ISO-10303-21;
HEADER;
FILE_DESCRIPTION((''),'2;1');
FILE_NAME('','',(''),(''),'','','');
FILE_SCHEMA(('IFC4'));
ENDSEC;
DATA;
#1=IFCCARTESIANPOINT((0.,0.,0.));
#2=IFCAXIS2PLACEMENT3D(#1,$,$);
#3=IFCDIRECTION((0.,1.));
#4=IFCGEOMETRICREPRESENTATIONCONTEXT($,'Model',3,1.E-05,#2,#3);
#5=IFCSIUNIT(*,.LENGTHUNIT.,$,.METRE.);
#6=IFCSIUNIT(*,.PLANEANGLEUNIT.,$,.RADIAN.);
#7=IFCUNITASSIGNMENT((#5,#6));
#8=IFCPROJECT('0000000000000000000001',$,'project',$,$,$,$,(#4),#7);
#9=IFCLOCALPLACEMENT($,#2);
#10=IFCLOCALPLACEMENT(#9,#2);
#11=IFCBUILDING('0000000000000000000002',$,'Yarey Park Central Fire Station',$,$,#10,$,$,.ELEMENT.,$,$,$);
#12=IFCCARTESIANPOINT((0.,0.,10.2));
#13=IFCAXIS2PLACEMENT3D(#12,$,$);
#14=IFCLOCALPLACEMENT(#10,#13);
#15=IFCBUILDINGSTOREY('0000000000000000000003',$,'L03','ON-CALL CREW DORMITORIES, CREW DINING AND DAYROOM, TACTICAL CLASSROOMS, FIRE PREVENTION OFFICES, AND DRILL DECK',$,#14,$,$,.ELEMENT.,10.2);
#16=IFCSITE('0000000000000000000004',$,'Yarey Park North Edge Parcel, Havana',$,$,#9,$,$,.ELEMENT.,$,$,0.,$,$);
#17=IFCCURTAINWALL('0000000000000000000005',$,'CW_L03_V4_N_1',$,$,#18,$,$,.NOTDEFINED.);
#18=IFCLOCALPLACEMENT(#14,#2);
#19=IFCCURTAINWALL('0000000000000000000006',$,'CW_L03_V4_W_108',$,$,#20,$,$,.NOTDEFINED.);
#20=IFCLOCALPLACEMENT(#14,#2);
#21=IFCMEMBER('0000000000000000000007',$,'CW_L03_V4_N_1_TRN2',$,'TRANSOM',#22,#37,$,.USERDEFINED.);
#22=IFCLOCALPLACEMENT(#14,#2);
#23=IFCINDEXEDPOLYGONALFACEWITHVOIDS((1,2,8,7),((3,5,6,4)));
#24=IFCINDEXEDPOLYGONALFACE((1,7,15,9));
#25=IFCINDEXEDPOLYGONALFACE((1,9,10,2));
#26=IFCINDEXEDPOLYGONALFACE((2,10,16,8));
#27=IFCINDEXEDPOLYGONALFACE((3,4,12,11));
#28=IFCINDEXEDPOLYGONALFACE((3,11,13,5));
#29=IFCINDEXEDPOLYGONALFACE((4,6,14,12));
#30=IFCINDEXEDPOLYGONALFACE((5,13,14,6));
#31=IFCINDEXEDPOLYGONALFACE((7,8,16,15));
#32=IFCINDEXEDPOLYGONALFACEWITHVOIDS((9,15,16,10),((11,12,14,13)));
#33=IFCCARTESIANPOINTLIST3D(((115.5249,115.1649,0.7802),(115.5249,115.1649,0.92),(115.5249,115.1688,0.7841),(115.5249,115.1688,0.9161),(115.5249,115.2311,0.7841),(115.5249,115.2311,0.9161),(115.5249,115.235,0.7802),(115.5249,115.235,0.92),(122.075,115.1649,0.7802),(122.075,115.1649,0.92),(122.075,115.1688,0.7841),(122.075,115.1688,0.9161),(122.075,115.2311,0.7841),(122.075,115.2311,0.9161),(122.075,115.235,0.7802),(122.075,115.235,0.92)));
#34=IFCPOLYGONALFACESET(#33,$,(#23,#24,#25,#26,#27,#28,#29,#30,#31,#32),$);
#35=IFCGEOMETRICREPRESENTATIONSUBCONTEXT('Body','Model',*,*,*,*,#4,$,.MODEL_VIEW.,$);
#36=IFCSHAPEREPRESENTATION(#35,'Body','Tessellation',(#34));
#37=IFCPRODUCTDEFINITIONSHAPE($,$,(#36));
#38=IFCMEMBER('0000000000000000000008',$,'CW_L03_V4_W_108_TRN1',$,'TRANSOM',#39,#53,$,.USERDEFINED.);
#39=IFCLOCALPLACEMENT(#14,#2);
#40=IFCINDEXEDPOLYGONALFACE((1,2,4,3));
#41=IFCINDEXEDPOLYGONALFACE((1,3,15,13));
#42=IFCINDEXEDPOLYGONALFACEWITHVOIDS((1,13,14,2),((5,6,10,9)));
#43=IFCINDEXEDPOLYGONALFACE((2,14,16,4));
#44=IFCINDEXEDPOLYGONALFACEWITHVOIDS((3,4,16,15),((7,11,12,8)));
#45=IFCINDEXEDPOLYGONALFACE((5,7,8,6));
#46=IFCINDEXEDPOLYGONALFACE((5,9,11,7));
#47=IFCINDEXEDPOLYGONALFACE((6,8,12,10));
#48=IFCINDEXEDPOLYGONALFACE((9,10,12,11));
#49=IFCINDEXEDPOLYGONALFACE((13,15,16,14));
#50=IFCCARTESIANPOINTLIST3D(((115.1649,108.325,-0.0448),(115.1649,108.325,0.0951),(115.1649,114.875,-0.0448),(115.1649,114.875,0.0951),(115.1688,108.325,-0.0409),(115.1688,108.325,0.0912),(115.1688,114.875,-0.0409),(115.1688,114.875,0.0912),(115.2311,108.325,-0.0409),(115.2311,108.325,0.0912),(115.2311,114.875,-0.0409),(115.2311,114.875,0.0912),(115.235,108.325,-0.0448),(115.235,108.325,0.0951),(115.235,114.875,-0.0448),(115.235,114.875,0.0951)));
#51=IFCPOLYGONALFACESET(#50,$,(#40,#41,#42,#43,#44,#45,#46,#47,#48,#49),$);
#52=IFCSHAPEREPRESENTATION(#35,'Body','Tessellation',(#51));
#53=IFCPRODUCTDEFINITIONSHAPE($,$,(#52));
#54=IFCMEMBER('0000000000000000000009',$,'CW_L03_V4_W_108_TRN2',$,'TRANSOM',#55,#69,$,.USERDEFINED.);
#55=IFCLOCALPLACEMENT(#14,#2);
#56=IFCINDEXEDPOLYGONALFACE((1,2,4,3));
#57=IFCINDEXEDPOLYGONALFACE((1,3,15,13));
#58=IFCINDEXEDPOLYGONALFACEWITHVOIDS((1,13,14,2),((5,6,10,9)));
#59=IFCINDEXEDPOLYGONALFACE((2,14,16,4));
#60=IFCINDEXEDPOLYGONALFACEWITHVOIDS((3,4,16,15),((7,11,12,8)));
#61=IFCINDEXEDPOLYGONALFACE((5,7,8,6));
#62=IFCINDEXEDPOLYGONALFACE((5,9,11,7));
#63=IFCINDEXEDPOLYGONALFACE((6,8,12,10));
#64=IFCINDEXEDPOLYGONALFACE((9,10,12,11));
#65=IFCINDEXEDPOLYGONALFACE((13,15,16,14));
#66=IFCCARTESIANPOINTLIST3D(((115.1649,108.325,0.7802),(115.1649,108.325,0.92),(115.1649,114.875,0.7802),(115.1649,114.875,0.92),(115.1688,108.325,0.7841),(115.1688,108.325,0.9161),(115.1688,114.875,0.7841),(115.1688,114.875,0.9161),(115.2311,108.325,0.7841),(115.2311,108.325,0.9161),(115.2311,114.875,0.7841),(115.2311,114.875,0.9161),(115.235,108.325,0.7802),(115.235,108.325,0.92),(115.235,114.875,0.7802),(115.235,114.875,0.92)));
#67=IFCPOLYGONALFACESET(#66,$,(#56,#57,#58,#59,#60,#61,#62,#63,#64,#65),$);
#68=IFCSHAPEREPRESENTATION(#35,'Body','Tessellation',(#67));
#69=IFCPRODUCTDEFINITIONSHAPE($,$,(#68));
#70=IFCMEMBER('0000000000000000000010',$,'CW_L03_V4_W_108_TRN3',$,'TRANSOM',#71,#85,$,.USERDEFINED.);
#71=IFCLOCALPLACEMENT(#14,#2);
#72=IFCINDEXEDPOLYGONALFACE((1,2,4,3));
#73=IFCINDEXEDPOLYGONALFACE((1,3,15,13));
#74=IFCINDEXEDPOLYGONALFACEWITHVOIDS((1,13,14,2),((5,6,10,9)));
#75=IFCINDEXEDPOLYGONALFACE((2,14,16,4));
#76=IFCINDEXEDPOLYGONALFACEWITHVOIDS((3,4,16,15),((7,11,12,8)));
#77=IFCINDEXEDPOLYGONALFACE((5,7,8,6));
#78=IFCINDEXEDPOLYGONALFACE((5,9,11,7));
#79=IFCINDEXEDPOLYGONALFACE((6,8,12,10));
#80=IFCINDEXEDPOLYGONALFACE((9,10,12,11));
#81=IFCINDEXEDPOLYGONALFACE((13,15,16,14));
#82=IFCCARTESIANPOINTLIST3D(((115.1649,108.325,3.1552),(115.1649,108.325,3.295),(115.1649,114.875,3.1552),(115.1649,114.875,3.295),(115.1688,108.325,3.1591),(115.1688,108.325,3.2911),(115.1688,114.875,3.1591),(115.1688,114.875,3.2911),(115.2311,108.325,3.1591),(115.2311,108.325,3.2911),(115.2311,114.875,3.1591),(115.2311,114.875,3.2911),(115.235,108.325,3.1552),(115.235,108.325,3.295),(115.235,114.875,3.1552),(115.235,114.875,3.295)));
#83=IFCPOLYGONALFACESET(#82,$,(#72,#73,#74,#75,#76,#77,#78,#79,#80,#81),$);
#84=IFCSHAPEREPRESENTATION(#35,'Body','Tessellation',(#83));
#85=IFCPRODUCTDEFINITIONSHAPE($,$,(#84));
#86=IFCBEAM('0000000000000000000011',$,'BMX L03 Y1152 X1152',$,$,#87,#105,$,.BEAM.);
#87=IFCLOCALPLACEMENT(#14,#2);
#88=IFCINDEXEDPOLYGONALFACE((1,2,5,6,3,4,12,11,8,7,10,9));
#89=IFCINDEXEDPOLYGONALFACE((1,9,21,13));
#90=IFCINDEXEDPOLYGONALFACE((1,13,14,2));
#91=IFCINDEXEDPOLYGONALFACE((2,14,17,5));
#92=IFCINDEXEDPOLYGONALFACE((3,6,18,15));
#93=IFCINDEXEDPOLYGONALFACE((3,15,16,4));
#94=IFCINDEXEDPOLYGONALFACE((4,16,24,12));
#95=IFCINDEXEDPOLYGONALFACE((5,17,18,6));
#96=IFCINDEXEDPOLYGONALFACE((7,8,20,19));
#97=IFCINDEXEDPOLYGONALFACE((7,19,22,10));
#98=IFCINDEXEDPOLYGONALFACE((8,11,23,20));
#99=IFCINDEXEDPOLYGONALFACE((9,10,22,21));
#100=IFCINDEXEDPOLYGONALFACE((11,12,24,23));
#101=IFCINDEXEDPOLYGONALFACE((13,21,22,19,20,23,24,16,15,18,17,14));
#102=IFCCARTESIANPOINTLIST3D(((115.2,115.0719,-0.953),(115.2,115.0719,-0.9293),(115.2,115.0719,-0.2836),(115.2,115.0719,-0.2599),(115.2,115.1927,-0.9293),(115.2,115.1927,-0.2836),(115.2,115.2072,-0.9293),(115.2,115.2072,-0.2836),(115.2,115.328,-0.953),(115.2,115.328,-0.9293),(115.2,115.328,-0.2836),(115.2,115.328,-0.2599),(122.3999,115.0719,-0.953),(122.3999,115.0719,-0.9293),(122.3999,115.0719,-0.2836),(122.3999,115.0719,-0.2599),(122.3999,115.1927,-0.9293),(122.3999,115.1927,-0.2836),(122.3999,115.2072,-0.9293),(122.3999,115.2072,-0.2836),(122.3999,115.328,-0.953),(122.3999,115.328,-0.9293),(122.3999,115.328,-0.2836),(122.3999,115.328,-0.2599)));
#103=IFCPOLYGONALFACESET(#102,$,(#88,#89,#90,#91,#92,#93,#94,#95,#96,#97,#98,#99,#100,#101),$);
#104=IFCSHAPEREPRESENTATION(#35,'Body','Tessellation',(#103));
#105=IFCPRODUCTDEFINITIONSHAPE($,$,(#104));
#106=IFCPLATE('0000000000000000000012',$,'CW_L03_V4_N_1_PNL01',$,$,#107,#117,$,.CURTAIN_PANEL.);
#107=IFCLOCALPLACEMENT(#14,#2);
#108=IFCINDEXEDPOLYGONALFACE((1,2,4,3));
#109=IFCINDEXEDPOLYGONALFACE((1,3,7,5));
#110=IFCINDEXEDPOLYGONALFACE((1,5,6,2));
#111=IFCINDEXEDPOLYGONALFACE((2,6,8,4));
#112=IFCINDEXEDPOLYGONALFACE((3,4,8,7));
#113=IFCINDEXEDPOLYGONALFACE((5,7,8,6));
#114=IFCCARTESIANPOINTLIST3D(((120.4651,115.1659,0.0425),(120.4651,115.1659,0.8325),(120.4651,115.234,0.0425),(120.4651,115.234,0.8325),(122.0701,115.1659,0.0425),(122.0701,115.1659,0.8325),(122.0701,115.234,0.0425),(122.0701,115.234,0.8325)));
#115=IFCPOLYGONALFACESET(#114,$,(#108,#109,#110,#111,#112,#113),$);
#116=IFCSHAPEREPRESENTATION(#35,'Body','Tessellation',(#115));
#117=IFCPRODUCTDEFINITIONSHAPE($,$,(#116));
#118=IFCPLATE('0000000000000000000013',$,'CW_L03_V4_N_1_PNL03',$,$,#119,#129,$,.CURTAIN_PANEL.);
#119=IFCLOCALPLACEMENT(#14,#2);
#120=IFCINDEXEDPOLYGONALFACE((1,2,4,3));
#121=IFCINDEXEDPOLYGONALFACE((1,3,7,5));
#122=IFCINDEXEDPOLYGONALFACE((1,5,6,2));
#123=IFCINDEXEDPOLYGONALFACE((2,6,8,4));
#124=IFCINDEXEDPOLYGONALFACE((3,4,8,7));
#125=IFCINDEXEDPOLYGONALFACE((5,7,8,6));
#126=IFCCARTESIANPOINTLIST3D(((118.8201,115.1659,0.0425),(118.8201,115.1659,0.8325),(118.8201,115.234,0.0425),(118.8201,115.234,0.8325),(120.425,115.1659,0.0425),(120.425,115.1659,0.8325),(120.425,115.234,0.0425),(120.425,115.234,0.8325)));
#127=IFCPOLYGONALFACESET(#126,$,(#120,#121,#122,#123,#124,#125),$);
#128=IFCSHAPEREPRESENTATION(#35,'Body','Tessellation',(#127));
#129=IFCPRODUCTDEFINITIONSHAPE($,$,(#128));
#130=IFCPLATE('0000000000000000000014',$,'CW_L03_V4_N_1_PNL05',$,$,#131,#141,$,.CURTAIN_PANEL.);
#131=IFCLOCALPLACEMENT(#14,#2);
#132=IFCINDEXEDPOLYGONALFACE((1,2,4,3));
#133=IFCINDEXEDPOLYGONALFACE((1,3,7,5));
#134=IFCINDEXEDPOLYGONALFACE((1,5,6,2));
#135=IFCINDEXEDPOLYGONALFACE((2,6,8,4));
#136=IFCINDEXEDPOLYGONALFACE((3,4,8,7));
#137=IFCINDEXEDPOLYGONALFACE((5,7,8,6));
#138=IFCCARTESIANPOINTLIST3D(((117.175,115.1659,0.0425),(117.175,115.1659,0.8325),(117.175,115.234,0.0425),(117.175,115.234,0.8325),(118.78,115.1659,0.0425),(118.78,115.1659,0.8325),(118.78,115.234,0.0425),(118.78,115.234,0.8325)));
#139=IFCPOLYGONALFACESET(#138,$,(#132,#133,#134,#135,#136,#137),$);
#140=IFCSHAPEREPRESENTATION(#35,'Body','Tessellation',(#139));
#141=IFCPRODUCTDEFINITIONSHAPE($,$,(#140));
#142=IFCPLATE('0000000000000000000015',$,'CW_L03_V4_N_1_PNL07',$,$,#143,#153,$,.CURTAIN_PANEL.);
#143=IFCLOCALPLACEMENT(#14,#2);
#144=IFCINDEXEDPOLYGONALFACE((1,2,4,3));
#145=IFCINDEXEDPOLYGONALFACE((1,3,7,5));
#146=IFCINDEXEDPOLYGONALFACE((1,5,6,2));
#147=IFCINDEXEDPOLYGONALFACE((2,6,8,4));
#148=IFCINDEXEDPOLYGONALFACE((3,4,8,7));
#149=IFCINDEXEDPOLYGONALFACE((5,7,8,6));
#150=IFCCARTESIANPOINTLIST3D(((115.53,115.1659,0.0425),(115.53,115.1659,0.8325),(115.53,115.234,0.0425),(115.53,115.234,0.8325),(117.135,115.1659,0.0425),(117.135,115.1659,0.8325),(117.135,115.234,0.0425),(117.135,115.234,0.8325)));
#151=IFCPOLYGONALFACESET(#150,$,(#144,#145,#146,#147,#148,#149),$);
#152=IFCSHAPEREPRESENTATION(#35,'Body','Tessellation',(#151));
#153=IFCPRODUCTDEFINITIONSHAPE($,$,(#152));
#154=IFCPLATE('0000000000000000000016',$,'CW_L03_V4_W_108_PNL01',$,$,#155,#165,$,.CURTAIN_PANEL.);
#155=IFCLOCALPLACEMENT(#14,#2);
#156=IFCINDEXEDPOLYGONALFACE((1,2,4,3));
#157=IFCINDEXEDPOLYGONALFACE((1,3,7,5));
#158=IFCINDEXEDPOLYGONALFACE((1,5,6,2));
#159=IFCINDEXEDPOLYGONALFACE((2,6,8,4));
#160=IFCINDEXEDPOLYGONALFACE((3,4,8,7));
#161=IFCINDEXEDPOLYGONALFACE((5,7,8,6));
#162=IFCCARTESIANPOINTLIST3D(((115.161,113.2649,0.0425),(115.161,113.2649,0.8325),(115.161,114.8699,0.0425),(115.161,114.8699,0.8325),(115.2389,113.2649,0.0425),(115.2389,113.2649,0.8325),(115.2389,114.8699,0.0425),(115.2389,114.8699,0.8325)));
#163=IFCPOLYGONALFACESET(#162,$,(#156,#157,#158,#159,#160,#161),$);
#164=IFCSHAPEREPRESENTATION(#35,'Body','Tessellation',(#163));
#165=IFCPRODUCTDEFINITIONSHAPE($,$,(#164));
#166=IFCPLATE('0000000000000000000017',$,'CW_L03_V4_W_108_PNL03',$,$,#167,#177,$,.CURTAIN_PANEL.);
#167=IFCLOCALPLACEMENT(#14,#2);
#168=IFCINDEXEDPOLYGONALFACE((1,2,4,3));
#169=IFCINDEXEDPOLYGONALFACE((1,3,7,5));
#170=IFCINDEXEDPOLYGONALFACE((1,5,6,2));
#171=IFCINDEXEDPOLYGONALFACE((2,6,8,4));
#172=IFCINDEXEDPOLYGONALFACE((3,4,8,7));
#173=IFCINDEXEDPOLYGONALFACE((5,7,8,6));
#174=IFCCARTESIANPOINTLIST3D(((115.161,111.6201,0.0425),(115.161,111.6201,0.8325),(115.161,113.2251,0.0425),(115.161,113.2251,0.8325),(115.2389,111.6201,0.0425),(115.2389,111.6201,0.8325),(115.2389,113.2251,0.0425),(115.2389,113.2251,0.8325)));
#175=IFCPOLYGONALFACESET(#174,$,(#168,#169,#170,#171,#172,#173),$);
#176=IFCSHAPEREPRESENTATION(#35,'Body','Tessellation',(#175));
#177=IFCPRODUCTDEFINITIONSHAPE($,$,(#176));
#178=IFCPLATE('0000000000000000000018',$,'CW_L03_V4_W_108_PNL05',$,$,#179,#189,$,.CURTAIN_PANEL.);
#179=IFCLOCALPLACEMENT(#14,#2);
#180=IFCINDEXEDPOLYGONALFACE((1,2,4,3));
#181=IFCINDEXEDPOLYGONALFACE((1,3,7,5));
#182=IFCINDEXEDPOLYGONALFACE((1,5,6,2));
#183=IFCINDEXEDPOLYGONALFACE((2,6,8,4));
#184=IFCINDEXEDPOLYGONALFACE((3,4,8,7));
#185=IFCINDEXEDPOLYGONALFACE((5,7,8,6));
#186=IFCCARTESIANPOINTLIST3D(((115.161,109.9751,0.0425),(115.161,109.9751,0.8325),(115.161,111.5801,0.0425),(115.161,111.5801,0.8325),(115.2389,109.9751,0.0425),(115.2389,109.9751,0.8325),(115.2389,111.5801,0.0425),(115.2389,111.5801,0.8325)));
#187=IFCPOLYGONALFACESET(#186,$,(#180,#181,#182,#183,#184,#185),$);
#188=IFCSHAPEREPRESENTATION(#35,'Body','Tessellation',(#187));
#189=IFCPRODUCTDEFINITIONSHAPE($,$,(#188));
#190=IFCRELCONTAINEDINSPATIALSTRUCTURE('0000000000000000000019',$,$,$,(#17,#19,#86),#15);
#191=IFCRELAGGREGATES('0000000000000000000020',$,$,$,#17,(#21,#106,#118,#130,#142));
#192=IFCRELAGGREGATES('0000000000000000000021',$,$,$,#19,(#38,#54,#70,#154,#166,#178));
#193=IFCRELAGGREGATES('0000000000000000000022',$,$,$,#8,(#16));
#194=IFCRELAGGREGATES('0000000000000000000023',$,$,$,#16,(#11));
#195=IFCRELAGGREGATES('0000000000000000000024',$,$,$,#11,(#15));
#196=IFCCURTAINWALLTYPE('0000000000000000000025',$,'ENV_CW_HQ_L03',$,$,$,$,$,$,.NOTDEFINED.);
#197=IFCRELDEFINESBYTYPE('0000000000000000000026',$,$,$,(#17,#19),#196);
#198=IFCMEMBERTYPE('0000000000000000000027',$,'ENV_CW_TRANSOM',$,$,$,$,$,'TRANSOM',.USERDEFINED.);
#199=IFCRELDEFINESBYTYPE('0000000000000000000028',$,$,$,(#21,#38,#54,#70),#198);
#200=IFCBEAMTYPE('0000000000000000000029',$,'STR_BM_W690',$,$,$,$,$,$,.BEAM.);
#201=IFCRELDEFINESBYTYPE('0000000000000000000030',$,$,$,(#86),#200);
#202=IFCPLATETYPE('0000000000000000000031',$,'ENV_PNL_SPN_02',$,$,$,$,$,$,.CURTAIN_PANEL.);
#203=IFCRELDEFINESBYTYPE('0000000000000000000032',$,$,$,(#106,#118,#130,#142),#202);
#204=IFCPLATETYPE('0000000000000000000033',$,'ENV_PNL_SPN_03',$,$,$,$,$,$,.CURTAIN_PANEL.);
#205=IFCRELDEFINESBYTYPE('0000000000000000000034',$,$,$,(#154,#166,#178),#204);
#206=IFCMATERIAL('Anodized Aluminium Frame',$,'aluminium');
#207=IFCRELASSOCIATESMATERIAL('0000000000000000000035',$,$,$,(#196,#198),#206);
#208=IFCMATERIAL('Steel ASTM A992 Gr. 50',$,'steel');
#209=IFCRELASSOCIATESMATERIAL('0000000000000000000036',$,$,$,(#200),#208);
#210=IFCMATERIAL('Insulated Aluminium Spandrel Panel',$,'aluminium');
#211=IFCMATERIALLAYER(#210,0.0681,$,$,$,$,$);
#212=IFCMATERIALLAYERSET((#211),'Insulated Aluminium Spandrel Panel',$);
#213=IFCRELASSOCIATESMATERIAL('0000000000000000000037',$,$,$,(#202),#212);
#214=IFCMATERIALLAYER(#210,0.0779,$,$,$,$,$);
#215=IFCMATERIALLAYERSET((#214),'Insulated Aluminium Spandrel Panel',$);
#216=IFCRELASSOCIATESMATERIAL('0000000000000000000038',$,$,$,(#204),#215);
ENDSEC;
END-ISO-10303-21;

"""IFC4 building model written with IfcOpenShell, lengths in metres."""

from ifc_helpers import new_model, si_unit, direction, frame, origin, origin_2d, place, context, subcontext, project, spatial, rectangle, hollow_rectangle, i_section, extrude, material, layer, layer_set, material_profile, profile_set, type_object, element, aggregate, save


model = new_model("IFC4")

# Units and contexts
model_context = context("Model", 3, precision=1e-05, world=origin(), true_north=direction((0.0, 1.0)))
body_context = subcontext(model_context, "Body", "Model", "MODEL_VIEW")
ifc_project = project(units=[si_unit("LENGTHUNIT", "METRE"), si_unit("PLANEANGLEUNIT", "RADIAN")], contexts=[model_context])

# Site, building, storey
site_placement = place(None, origin())
site = spatial("IfcSite", under=ifc_project, at=site_placement, Name="Yarey Park North Edge Parcel, Havana", CompositionType="ELEMENT", RefElevation=0.0)
building_placement = place(site_placement, origin())
building = spatial("IfcBuilding", under=site, at=building_placement, Name="Yarey Park Central Fire Station", CompositionType="ELEMENT")
storey_placement = place(building_placement, frame((0.0, 0.0, 10.2)))
storey = spatial("IfcBuildingStorey", under=building, at=storey_placement, Name="L03", Description="ON-CALL CREW DORMITORIES, CREW DINING AND DAYROOM, TACTICAL CLASSROOMS, FIRE PREVENTION OFFICES, AND DRILL DECK", CompositionType="ELEMENT", Elevation=10.2)

# Curtain walls
ifc_material_1 = material(Name="Anodized Aluminium Frame", Category="aluminium")
curtain_wall_type = type_object("IfcCurtainWallType", Name="ENV_CW_HQ_L03", PredefinedType="NOTDEFINED", material=ifc_material_1)
curtain_wall_1_placement = place(storey_placement, origin())
curtain_wall_1 = element("IfcCurtainWall", 1, at=curtain_wall_1_placement, inside=storey, type_object=curtain_wall_type, Name="CW_L03_V4_N_1", PredefinedType="NOTDEFINED")
curtain_wall_2_placement = place(storey_placement, origin())
curtain_wall_2 = element("IfcCurtainWall", 2, at=curtain_wall_2_placement, inside=storey, type_object=curtain_wall_type, Name="CW_L03_V4_W_108", PredefinedType="NOTDEFINED")

# Members
ifc_material_profile_1 = material_profile(ifc_material_1, hollow_rectangle(XDim=0.0701, YDim=0.1399, WallThickness=0.0039, at=origin_2d()), Name="ALU 140x70x4")
ifc_profile_set_1 = profile_set([ifc_material_profile_1], Name="Anodized Aluminium Frame")
member_type_1 = type_object("IfcMemberType", Name="ENV_CW_TRANSOM", ElementType="TRANSOM", PredefinedType="USERDEFINED", material=ifc_profile_set_1)
member_1_placement = place(storey_placement, frame((122.075, 115.2, 0.8501), z_axis=(-1.0, 0.0, 0.0), x_axis=(0.0, -1.0, 0.0)))
member_1 = element("IfcMember", 3, at=member_1_placement, type_object=member_type_1, Name="CW_L03_V4_N_1_TRN2", ObjectType="TRANSOM", PredefinedType="USERDEFINED", context=body_context, shape_type="SweptSolid", body=[
    extrude(hollow_rectangle(XDim=0.0701, YDim=0.1399, WallThickness=0.0039, at=origin_2d()), origin(), (0.0, 0.0, 1.0), 6.55),
])
member_2_placement = place(storey_placement, frame((115.2, 114.875, 0.0251), z_axis=(0.0, -1.0, 0.0), x_axis=(1.0, 0.0, 0.0)))
member_2 = element("IfcMember", 4, at=member_2_placement, type_object=member_type_1, Name="CW_L03_V4_W_108_TRN1", ObjectType="TRANSOM", PredefinedType="USERDEFINED", context=body_context, shape_type="SweptSolid", body=[
    extrude(hollow_rectangle(XDim=0.0701, YDim=0.1399, WallThickness=0.0039, at=origin_2d()), origin(), (0.0, 0.0, 1.0), 6.55),
])
member_3_placement = place(storey_placement, frame((115.2, 114.875, 0.8501), z_axis=(0.0, -1.0, 0.0), x_axis=(1.0, 0.0, 0.0)))
member_3 = element("IfcMember", 5, at=member_3_placement, type_object=member_type_1, Name="CW_L03_V4_W_108_TRN2", ObjectType="TRANSOM", PredefinedType="USERDEFINED", context=body_context, shape_type="SweptSolid", body=[
    extrude(hollow_rectangle(XDim=0.0701, YDim=0.1399, WallThickness=0.0039, at=origin_2d()), origin(), (0.0, 0.0, 1.0), 6.55),
])
member_4_placement = place(storey_placement, frame((115.2, 114.875, 3.2251), z_axis=(0.0, -1.0, 0.0), x_axis=(1.0, 0.0, 0.0)))
member_4 = element("IfcMember", 6, at=member_4_placement, type_object=member_type_1, Name="CW_L03_V4_W_108_TRN3", ObjectType="TRANSOM", PredefinedType="USERDEFINED", context=body_context, shape_type="SweptSolid", body=[
    extrude(hollow_rectangle(XDim=0.0701, YDim=0.1399, WallThickness=0.0039, at=origin_2d()), origin(), (0.0, 0.0, 1.0), 6.55),
])

# Beam
ifc_material_2 = material(Name="Steel ASTM A992 Gr. 50", Category="steel")
ifc_material_profile_2 = material_profile(ifc_material_2, i_section(OverallWidth=0.2561, OverallDepth=0.6931, WebThickness=0.0144, FlangeThickness=0.0237, at=origin_2d()), Name="W690x170")
ifc_profile_set_2 = profile_set([ifc_material_profile_2], Name="Steel ASTM A992 Gr. 50")
beam_type = type_object("IfcBeamType", Name="STR_BM_W690", PredefinedType="BEAM", material=ifc_profile_set_2)
beam_placement = place(storey_placement, frame((115.2, 115.2, -0.6064), z_axis=(1.0, 0.0, 0.0), x_axis=(0.0, 1.0, 0.0)))
element("IfcBeam", 7, at=beam_placement, inside=storey, type_object=beam_type, Name="BMX L03 Y1152 X1152", PredefinedType="BEAM", context=body_context, shape_type="SweptSolid", body=[
    extrude(i_section(OverallWidth=0.2561, OverallDepth=0.6931, WebThickness=0.0144, FlangeThickness=0.0237, at=origin_2d()), origin(), (0.0, 0.0, 1.0), 7.2),
])

# Plates
ifc_material_3 = material(Name="Insulated Aluminium Spandrel Panel", Category="aluminium")
ifc_layer_1 = layer(ifc_material_3, 0.0681)
ifc_layer_set_1 = layer_set([ifc_layer_1], Name="Insulated Aluminium Spandrel Panel")
plate_type_1 = type_object("IfcPlateType", Name="ENV_PNL_SPN_02", PredefinedType="CURTAIN_PANEL", material=ifc_layer_set_1)
plate_1_placement = place(storey_placement, frame((121.2676, 115.2, 0.0425), z_axis=(0.0, 0.0, 1.0), x_axis=(-1.0, 0.0, 0.0)))
plate_1 = element("IfcPlate", 8, at=plate_1_placement, type_object=plate_type_1, Name="CW_L03_V4_N_1_PNL01", PredefinedType="CURTAIN_PANEL", context=body_context, shape_type="SweptSolid", body=[
    extrude(rectangle(XDim=1.605, YDim=0.0681, at=origin_2d()), origin(), (0.0, 0.0, 1.0), 0.79),
])
plate_2_placement = place(storey_placement, frame((119.6226, 115.2, 0.0425), z_axis=(0.0, 0.0, 1.0), x_axis=(-1.0, 0.0, 0.0)))
plate_2 = element("IfcPlate", 9, at=plate_2_placement, type_object=plate_type_1, Name="CW_L03_V4_N_1_PNL03", PredefinedType="CURTAIN_PANEL", context=body_context, shape_type="SweptSolid", body=[
    extrude(rectangle(XDim=1.605, YDim=0.0681, at=origin_2d()), origin(), (0.0, 0.0, 1.0), 0.79),
])
plate_3_placement = place(storey_placement, frame((117.9775, 115.2, 0.0425), z_axis=(0.0, 0.0, 1.0), x_axis=(-1.0, 0.0, 0.0)))
plate_3 = element("IfcPlate", 10, at=plate_3_placement, type_object=plate_type_1, Name="CW_L03_V4_N_1_PNL05", PredefinedType="CURTAIN_PANEL", context=body_context, shape_type="SweptSolid", body=[
    extrude(rectangle(XDim=1.605, YDim=0.0681, at=origin_2d()), origin(), (0.0, 0.0, 1.0), 0.79),
])
plate_4_placement = place(storey_placement, frame((116.3325, 115.2, 0.0425), z_axis=(0.0, 0.0, 1.0), x_axis=(-1.0, 0.0, 0.0)))
plate_4 = element("IfcPlate", 11, at=plate_4_placement, type_object=plate_type_1, Name="CW_L03_V4_N_1_PNL07", PredefinedType="CURTAIN_PANEL", context=body_context, shape_type="SweptSolid", body=[
    extrude(rectangle(XDim=1.605, YDim=0.0681, at=origin_2d()), origin(), (0.0, 0.0, 1.0), 0.79),
])
ifc_layer_2 = layer(ifc_material_3, 0.0779)
ifc_layer_set_2 = layer_set([ifc_layer_2], Name="Insulated Aluminium Spandrel Panel")
plate_type_2 = type_object("IfcPlateType", Name="ENV_PNL_SPN_03", PredefinedType="CURTAIN_PANEL", material=ifc_layer_set_2)
plate_5_placement = place(storey_placement, frame((115.2, 114.0674, 0.0425), z_axis=(0.0, 0.0, 1.0), x_axis=(0.0, -1.0, 0.0)))
plate_5 = element("IfcPlate", 12, at=plate_5_placement, type_object=plate_type_2, Name="CW_L03_V4_W_108_PNL01", PredefinedType="CURTAIN_PANEL", context=body_context, shape_type="SweptSolid", body=[
    extrude(rectangle(XDim=1.605, YDim=0.0779, at=origin_2d()), origin(), (0.0, 0.0, 1.0), 0.79),
])
plate_6_placement = place(storey_placement, frame((115.2, 112.4226, 0.0425), z_axis=(0.0, 0.0, 1.0), x_axis=(0.0, -1.0, 0.0)))
plate_6 = element("IfcPlate", 13, at=plate_6_placement, type_object=plate_type_2, Name="CW_L03_V4_W_108_PNL03", PredefinedType="CURTAIN_PANEL", context=body_context, shape_type="SweptSolid", body=[
    extrude(rectangle(XDim=1.605, YDim=0.0779, at=origin_2d()), origin(), (0.0, 0.0, 1.0), 0.79),
])
plate_7_placement = place(storey_placement, frame((115.2, 110.7776, 0.0425), z_axis=(0.0, 0.0, 1.0), x_axis=(0.0, -1.0, 0.0)))
plate_7 = element("IfcPlate", 14, at=plate_7_placement, type_object=plate_type_2, Name="CW_L03_V4_W_108_PNL05", PredefinedType="CURTAIN_PANEL", context=body_context, shape_type="SweptSolid", body=[
    extrude(rectangle(XDim=1.605, YDim=0.0779, at=origin_2d()), origin(), (0.0, 0.0, 1.0), 0.79),
])
aggregate(curtain_wall_1, [member_1, plate_1, plate_2, plate_3, plate_4])
aggregate(curtain_wall_2, [member_2, member_3, member_4, plate_5, plate_6, plate_7])

save(model, "model.ifc")
